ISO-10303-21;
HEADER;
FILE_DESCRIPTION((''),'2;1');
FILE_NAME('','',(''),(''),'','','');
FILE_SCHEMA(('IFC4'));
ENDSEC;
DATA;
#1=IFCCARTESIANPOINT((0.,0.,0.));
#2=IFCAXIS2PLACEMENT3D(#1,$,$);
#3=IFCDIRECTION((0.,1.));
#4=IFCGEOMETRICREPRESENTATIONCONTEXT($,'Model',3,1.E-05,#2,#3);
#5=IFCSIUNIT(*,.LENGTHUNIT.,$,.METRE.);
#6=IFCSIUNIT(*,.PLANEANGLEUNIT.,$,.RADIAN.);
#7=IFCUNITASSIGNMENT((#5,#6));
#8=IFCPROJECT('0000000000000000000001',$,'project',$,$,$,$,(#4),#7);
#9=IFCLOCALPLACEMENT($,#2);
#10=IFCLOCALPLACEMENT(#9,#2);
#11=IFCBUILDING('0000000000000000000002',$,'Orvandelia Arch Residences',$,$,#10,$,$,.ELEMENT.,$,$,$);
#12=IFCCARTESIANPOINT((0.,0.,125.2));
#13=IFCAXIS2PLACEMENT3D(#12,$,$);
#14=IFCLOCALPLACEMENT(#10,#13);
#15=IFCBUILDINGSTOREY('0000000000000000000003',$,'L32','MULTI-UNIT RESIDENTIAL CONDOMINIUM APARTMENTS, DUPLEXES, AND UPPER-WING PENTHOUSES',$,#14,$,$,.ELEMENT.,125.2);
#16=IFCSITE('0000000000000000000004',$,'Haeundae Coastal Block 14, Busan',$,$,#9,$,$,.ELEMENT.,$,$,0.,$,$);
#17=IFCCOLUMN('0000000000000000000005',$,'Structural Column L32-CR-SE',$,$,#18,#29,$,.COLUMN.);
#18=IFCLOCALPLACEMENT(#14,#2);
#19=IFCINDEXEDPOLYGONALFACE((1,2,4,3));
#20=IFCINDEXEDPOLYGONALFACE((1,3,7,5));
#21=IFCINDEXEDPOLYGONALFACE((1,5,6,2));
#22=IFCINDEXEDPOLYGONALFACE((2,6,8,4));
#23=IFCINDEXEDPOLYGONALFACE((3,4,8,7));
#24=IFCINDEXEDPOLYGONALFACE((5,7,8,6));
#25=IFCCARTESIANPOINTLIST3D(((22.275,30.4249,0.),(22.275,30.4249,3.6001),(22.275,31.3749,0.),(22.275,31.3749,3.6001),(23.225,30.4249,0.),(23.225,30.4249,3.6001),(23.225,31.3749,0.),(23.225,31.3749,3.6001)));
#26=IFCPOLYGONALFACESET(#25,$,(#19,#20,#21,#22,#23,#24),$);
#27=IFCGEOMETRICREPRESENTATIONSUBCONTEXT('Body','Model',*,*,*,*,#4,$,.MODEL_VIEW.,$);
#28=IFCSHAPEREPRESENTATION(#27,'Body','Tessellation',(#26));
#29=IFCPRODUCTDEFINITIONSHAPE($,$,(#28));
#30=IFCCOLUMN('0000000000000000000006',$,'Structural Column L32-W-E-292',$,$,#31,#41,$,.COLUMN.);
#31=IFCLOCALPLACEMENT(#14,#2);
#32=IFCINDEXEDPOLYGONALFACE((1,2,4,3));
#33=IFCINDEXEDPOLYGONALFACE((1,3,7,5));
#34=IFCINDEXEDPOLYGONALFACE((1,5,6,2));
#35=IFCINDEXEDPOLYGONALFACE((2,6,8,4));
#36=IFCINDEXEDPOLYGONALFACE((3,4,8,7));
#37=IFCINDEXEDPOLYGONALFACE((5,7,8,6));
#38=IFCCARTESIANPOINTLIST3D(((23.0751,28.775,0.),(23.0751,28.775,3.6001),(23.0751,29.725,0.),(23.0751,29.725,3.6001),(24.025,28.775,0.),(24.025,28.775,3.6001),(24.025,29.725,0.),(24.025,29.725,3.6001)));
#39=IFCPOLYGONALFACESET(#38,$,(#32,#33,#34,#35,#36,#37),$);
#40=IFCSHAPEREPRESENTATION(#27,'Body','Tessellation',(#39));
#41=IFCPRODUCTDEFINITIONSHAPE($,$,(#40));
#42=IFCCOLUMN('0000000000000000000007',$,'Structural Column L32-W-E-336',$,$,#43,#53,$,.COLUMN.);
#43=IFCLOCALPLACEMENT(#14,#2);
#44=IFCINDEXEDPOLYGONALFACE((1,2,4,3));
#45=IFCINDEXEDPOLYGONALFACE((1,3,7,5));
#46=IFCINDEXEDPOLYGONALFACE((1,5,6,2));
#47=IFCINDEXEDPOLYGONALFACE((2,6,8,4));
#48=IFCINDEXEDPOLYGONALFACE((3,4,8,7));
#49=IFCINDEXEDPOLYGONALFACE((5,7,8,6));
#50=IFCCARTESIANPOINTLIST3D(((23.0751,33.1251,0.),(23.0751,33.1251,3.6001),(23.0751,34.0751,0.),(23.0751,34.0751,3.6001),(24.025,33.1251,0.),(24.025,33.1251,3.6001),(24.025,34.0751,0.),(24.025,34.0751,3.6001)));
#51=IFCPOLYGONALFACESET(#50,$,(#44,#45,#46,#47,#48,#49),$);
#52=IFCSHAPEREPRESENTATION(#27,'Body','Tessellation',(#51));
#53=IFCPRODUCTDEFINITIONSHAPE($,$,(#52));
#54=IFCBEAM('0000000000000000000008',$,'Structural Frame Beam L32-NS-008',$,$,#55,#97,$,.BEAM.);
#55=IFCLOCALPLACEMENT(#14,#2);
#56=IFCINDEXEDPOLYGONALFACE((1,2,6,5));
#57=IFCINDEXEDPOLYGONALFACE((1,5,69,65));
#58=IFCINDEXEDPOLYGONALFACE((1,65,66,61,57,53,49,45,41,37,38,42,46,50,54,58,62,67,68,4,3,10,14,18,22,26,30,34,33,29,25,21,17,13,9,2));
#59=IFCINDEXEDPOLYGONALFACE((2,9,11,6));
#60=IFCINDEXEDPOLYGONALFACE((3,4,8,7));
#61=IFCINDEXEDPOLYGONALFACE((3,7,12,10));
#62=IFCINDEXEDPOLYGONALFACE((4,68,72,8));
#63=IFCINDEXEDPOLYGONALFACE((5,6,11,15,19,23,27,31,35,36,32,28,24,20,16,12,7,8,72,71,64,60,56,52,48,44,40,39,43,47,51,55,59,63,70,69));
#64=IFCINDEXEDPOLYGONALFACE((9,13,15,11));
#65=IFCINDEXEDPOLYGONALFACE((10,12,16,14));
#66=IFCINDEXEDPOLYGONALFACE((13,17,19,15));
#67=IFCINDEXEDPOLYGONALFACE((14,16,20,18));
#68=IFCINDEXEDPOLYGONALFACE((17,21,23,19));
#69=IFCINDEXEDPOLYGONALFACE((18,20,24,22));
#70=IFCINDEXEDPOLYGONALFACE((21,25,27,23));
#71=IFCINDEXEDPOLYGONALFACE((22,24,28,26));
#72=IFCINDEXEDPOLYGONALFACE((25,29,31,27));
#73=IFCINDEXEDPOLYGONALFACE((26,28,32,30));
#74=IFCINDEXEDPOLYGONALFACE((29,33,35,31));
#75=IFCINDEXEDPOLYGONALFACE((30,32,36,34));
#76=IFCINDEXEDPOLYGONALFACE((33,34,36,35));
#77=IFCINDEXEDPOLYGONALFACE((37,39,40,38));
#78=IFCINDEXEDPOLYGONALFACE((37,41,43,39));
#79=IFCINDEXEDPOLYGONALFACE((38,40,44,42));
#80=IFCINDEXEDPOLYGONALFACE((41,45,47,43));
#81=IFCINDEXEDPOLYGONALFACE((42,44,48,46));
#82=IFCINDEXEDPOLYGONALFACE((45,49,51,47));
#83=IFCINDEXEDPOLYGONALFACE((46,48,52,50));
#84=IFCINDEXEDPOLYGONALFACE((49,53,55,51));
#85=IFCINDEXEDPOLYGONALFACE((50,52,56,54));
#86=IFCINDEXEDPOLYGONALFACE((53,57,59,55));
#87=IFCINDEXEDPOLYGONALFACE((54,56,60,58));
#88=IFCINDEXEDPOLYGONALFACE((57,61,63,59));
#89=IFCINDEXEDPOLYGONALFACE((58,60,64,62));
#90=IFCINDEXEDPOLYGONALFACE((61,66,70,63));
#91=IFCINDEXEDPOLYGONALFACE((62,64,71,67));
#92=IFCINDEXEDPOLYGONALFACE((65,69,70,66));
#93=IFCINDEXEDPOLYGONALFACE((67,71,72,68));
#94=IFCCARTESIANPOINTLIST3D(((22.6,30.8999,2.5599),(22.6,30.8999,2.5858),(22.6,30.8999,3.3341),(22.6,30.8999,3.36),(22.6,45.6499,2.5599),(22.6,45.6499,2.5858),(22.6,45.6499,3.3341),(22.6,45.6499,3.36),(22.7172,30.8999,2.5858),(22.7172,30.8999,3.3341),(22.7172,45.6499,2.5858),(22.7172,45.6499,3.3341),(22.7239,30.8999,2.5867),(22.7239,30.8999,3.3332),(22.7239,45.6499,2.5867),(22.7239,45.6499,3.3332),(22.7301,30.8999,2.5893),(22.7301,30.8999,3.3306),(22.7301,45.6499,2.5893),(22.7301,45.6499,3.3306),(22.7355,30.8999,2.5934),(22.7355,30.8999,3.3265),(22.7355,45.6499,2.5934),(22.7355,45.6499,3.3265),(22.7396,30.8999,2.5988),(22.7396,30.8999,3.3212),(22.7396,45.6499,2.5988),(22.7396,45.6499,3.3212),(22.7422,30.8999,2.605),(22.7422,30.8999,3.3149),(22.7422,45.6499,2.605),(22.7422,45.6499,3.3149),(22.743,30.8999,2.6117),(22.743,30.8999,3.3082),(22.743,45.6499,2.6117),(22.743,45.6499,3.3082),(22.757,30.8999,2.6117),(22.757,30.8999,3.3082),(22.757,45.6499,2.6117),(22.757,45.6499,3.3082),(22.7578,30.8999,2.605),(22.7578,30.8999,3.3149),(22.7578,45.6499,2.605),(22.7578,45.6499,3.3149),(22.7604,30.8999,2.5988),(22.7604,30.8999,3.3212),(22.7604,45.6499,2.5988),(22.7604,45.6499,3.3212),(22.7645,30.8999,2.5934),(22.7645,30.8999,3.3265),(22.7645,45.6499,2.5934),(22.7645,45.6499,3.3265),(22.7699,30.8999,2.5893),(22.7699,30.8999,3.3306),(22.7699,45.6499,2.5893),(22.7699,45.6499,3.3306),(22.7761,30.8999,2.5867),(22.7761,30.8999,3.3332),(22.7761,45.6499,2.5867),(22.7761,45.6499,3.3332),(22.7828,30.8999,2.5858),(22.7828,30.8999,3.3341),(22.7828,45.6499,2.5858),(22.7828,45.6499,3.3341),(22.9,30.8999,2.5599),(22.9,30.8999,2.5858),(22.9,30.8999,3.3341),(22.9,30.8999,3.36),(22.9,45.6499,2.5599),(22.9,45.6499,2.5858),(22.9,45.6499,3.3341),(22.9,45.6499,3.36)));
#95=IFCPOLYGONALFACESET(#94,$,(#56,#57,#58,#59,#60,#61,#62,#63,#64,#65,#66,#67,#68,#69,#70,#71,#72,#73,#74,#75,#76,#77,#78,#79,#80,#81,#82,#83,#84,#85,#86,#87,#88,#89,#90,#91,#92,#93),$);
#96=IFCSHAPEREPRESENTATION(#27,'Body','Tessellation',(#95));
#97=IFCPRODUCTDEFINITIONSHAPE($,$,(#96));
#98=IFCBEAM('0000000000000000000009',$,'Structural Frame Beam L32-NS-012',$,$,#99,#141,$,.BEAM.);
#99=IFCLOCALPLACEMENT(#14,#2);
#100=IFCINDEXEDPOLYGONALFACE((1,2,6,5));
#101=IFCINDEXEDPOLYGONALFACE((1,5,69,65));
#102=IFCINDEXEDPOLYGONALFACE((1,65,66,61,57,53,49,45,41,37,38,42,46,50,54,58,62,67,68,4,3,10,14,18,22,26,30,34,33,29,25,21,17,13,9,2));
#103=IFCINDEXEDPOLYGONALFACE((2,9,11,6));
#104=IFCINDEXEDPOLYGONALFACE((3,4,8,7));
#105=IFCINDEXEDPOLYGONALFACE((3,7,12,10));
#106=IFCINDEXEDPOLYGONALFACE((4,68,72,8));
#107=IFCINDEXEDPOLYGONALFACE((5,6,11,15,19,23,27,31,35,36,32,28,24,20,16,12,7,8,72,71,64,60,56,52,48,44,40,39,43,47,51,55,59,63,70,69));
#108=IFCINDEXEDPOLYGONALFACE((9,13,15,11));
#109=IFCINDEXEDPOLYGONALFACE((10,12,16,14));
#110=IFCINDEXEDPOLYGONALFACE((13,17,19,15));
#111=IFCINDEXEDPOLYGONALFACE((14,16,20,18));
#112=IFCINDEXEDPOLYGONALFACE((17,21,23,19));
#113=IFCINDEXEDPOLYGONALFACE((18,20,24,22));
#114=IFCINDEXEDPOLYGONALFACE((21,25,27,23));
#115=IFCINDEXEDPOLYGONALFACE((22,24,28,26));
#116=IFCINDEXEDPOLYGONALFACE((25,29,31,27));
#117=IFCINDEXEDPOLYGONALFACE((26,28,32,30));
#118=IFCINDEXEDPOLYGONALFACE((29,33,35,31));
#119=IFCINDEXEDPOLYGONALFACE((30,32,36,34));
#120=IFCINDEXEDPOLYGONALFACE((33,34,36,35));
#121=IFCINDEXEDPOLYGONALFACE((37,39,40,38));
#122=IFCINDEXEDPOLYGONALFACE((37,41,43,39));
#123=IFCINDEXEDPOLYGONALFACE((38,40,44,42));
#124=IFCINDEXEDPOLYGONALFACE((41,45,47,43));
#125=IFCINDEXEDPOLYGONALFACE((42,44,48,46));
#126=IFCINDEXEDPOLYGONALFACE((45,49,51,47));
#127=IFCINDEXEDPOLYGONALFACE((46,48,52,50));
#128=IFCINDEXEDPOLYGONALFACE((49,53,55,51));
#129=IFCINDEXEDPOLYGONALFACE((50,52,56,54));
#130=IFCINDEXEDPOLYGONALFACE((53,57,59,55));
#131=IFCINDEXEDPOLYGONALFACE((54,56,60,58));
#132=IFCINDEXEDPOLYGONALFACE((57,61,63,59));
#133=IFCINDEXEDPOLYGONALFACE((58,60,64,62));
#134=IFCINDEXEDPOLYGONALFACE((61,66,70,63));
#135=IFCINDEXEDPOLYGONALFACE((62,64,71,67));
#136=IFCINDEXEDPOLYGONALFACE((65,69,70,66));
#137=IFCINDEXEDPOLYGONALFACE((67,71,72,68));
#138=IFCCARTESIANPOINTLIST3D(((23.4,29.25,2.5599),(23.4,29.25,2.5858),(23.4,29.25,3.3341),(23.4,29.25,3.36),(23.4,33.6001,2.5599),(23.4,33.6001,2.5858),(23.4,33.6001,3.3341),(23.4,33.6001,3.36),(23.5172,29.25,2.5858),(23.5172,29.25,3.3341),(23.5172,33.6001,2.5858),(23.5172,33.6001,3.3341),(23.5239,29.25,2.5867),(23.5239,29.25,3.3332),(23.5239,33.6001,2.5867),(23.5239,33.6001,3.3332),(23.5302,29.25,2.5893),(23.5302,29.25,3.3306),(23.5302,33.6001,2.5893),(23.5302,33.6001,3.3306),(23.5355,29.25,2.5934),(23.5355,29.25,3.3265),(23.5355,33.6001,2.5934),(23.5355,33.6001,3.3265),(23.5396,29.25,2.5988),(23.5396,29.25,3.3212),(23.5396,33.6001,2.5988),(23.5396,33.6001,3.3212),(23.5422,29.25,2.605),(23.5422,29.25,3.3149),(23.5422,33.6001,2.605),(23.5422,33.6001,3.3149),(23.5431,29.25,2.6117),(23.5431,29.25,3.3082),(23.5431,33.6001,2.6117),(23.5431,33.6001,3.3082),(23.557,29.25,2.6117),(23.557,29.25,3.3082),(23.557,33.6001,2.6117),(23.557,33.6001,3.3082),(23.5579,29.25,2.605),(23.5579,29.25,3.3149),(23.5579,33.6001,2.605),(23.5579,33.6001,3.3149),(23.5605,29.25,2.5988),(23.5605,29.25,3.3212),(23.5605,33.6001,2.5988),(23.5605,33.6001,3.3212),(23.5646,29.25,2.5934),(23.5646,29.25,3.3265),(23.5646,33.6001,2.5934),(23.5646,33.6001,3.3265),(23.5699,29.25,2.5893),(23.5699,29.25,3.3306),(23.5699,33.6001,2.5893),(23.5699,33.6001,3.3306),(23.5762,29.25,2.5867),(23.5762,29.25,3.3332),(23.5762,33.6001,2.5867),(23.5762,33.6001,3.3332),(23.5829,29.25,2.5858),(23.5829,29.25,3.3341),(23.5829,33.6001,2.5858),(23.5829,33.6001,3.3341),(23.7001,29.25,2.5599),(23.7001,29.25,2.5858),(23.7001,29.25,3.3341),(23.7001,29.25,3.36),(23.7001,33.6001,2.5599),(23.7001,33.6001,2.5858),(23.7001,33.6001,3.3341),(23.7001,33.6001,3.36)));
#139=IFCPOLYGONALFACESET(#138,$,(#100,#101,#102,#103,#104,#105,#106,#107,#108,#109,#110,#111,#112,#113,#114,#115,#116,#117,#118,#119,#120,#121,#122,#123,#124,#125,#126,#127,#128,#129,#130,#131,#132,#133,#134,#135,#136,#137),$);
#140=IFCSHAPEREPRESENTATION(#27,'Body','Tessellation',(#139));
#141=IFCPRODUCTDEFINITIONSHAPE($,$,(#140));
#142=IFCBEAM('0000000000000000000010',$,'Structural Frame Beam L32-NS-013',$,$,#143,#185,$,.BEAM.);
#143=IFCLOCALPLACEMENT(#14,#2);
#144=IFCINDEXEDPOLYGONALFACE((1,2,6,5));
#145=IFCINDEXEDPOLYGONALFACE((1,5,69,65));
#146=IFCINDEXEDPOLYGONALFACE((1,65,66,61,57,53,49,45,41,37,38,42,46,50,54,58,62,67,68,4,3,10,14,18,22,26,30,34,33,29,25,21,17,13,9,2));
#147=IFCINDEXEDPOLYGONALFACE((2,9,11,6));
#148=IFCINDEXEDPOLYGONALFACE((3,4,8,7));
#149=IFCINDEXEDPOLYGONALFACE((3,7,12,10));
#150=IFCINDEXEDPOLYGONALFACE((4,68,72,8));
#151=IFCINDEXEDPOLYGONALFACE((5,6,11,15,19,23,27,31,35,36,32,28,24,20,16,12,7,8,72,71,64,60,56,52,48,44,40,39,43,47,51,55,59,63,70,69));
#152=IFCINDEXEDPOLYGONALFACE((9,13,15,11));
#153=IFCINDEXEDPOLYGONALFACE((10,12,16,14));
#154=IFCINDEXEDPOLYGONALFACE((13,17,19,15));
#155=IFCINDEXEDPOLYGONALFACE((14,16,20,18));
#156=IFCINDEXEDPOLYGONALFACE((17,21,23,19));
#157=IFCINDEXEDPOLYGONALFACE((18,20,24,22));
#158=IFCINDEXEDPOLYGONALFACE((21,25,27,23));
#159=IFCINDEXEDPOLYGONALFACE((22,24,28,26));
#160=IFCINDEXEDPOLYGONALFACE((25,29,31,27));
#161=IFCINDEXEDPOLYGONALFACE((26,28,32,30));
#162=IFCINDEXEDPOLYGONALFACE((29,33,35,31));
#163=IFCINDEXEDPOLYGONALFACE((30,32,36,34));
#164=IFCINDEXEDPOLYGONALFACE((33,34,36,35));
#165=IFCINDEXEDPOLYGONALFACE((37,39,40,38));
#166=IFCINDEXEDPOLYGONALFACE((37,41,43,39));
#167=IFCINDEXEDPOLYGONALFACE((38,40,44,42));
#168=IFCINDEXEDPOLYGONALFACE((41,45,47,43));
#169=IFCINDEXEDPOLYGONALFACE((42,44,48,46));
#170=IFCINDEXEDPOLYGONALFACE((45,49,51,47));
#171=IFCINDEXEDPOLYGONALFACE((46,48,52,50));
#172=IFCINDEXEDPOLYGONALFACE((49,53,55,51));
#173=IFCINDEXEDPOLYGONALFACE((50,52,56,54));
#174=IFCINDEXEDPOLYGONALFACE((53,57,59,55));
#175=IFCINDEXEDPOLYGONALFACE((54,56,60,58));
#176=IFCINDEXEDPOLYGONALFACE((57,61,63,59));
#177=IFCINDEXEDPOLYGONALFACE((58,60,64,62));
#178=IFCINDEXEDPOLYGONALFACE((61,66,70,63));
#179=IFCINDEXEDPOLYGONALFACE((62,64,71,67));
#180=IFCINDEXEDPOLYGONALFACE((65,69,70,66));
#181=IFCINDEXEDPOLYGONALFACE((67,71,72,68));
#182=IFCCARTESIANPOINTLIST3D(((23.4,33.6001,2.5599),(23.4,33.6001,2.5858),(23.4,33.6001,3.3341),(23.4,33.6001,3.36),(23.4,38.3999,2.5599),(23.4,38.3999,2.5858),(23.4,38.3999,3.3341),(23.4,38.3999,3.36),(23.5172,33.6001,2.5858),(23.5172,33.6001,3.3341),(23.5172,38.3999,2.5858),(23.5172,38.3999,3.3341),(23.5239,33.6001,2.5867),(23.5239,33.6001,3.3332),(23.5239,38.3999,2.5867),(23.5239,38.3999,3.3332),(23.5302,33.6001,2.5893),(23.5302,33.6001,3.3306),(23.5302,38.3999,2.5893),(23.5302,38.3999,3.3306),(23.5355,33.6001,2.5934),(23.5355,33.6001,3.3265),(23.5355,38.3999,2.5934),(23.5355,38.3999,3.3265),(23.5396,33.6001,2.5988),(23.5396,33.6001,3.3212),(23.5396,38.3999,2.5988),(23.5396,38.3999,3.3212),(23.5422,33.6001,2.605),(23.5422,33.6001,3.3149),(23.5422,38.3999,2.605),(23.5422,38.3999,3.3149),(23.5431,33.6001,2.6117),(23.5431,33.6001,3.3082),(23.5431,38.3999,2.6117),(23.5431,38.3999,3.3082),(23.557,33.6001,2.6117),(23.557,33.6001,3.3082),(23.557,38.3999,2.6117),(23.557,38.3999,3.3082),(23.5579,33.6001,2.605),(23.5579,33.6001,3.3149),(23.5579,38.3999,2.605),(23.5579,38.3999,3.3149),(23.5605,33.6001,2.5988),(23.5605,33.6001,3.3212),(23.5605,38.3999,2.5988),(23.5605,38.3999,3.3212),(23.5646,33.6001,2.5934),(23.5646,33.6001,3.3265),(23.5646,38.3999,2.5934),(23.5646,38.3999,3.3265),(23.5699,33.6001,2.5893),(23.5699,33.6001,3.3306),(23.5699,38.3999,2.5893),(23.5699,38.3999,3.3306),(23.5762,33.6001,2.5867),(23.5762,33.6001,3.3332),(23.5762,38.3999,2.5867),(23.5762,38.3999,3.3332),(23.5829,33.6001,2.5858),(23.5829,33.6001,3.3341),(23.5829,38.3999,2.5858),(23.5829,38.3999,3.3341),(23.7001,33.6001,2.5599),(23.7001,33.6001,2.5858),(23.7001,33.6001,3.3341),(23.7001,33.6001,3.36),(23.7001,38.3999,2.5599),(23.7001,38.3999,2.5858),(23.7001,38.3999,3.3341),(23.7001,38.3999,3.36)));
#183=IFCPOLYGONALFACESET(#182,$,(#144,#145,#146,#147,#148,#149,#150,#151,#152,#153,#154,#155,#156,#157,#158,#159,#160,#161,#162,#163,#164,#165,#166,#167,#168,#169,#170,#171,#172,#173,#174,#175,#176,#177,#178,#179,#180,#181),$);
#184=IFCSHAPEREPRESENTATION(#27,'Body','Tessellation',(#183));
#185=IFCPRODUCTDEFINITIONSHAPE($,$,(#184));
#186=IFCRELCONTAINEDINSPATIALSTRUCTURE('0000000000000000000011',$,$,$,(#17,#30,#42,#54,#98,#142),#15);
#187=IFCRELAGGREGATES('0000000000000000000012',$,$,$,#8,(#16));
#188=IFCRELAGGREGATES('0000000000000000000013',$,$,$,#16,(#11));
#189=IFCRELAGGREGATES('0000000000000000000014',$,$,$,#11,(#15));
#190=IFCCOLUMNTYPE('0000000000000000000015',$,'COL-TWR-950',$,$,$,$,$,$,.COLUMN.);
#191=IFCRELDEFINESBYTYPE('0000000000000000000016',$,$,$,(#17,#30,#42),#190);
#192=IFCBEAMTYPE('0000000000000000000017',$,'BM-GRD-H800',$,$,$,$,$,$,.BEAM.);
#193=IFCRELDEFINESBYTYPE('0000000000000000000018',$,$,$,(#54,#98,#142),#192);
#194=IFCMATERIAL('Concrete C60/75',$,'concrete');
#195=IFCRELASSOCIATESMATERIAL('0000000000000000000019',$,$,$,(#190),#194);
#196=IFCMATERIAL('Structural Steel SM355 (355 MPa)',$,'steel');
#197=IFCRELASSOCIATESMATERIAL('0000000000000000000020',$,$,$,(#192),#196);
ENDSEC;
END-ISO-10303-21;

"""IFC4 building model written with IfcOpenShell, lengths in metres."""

from ifc_helpers import new_model, si_unit, direction, frame, origin, origin_2d, place, context, subcontext, project, spatial, rectangle, i_section, extrude, material, material_profile, profile_set, type_object, element, save


model = new_model("IFC4")

# Units and contexts
model_context = context("Model", 3, precision=1e-05, world=origin(), true_north=direction((0.0, 1.0)))
body_context = subcontext(model_context, "Body", "Model", "MODEL_VIEW")
ifc_project = project(units=[si_unit("LENGTHUNIT", "METRE"), si_unit("PLANEANGLEUNIT", "RADIAN")], contexts=[model_context])

# Site, building, storey
site_placement = place(None, origin())
site = spatial("IfcSite", under=ifc_project, at=site_placement, Name="Haeundae Coastal Block 14, Busan", CompositionType="ELEMENT", RefElevation=0.0)
building_placement = place(site_placement, origin())
building = spatial("IfcBuilding", under=site, at=building_placement, Name="Orvandelia Arch Residences", CompositionType="ELEMENT")
storey_placement = place(building_placement, frame((0.0, 0.0, 125.2)))
storey = spatial("IfcBuildingStorey", under=building, at=storey_placement, Name="L32", Description="MULTI-UNIT RESIDENTIAL CONDOMINIUM APARTMENTS, DUPLEXES, AND UPPER-WING PENTHOUSES", CompositionType="ELEMENT", Elevation=125.2)

# Columns
ifc_material_1 = material(Name="Concrete C60/75", Category="concrete")
ifc_material_profile_1 = material_profile(ifc_material_1, rectangle(XDim=0.95, YDim=0.95, at=origin_2d()), Name="Concrete C60/75", Category="concrete")
ifc_profile_set_1 = profile_set([ifc_material_profile_1], Name="Concrete C60/75")
column_type = type_object("IfcColumnType", Name="COL-TWR-950", PredefinedType="COLUMN", material=ifc_profile_set_1)
for number, where, z_axis, x_axis, name in (
    (1, (22.75, 30.8999, 0.0), (0.0, 0.0, 1.0), (1.0, 0.0, 0.0), "Structural Column L32-CR-SE"),
    (2, (23.55, 29.25, 0.0), (0.0, 0.0, 1.0), (1.0, 0.0, 0.0), "Structural Column L32-W-E-292"),
    (3, (23.55, 33.6001, 0.0), (0.0, 0.0, 1.0), (1.0, 0.0, 0.0), "Structural Column L32-W-E-336"),
):
    element("IfcColumn", number, at=place(storey_placement, frame(where, z_axis=z_axis, x_axis=x_axis)), inside=storey, type_object=column_type, Name=name, PredefinedType="COLUMN", context=body_context, shape_type="SweptSolid", body=[
        extrude(rectangle(XDim=0.95, YDim=0.95, at=origin_2d()), origin(), (0.0, 0.0, 1.0), 3.6001),
    ])

# Beams
ifc_material_2 = material(Name="Structural Steel SM355 (355 MPa)", Category="steel")
ifc_material_profile_2 = material_profile(ifc_material_2, i_section(OverallWidth=0.3, OverallDepth=0.8, WebThickness=0.0139, FlangeThickness=0.0259, FilletRadius=0.0259, at=origin_2d()), Name="Structural Steel SM355 (355 MPa)", Category="steel")
ifc_profile_set_2 = profile_set([ifc_material_profile_2], Name="Structural Steel SM355 (355 MPa)")
beam_type = type_object("IfcBeamType", Name="BM-GRD-H800", PredefinedType="BEAM", material=ifc_profile_set_2)
beam_1_placement = place(storey_placement, frame((22.75, 30.8999, 2.96), z_axis=(0.0, 1.0, 0.0), x_axis=(-1.0, 0.0, 0.0)))
element("IfcBeam", 4, at=beam_1_placement, inside=storey, type_object=beam_type, Name="Structural Frame Beam L32-NS-008", PredefinedType="BEAM", context=body_context, shape_type="SweptSolid", body=[
    extrude(i_section(OverallWidth=0.3, OverallDepth=0.8, WebThickness=0.0139, FlangeThickness=0.0259, FilletRadius=0.0259, at=origin_2d()), origin(), (0.0, 0.0, 1.0), 14.75),
])
beam_2_placement = place(storey_placement, frame((23.55, 29.25, 2.96), z_axis=(0.0, 1.0, 0.0), x_axis=(-1.0, 0.0, 0.0)))
element("IfcBeam", 5, at=beam_2_placement, inside=storey, type_object=beam_type, Name="Structural Frame Beam L32-NS-012", PredefinedType="BEAM", context=body_context, shape_type="SweptSolid", body=[
    extrude(i_section(OverallWidth=0.3, OverallDepth=0.8, WebThickness=0.0139, FlangeThickness=0.0259, FilletRadius=0.0259, at=origin_2d()), origin(), (0.0, 0.0, 1.0), 4.3501),
])
beam_3_placement = place(storey_placement, frame((23.55, 33.6001, 2.96), z_axis=(0.0, 1.0, 0.0), x_axis=(-1.0, 0.0, 0.0)))
element("IfcBeam", 6, at=beam_3_placement, inside=storey, type_object=beam_type, Name="Structural Frame Beam L32-NS-013", PredefinedType="BEAM", context=body_context, shape_type="SweptSolid", body=[
    extrude(i_section(OverallWidth=0.3, OverallDepth=0.8, WebThickness=0.0139, FlangeThickness=0.0259, FilletRadius=0.0259, at=origin_2d()), origin(), (0.0, 0.0, 1.0), 4.7998),
])

save(model, "model.ifc")
